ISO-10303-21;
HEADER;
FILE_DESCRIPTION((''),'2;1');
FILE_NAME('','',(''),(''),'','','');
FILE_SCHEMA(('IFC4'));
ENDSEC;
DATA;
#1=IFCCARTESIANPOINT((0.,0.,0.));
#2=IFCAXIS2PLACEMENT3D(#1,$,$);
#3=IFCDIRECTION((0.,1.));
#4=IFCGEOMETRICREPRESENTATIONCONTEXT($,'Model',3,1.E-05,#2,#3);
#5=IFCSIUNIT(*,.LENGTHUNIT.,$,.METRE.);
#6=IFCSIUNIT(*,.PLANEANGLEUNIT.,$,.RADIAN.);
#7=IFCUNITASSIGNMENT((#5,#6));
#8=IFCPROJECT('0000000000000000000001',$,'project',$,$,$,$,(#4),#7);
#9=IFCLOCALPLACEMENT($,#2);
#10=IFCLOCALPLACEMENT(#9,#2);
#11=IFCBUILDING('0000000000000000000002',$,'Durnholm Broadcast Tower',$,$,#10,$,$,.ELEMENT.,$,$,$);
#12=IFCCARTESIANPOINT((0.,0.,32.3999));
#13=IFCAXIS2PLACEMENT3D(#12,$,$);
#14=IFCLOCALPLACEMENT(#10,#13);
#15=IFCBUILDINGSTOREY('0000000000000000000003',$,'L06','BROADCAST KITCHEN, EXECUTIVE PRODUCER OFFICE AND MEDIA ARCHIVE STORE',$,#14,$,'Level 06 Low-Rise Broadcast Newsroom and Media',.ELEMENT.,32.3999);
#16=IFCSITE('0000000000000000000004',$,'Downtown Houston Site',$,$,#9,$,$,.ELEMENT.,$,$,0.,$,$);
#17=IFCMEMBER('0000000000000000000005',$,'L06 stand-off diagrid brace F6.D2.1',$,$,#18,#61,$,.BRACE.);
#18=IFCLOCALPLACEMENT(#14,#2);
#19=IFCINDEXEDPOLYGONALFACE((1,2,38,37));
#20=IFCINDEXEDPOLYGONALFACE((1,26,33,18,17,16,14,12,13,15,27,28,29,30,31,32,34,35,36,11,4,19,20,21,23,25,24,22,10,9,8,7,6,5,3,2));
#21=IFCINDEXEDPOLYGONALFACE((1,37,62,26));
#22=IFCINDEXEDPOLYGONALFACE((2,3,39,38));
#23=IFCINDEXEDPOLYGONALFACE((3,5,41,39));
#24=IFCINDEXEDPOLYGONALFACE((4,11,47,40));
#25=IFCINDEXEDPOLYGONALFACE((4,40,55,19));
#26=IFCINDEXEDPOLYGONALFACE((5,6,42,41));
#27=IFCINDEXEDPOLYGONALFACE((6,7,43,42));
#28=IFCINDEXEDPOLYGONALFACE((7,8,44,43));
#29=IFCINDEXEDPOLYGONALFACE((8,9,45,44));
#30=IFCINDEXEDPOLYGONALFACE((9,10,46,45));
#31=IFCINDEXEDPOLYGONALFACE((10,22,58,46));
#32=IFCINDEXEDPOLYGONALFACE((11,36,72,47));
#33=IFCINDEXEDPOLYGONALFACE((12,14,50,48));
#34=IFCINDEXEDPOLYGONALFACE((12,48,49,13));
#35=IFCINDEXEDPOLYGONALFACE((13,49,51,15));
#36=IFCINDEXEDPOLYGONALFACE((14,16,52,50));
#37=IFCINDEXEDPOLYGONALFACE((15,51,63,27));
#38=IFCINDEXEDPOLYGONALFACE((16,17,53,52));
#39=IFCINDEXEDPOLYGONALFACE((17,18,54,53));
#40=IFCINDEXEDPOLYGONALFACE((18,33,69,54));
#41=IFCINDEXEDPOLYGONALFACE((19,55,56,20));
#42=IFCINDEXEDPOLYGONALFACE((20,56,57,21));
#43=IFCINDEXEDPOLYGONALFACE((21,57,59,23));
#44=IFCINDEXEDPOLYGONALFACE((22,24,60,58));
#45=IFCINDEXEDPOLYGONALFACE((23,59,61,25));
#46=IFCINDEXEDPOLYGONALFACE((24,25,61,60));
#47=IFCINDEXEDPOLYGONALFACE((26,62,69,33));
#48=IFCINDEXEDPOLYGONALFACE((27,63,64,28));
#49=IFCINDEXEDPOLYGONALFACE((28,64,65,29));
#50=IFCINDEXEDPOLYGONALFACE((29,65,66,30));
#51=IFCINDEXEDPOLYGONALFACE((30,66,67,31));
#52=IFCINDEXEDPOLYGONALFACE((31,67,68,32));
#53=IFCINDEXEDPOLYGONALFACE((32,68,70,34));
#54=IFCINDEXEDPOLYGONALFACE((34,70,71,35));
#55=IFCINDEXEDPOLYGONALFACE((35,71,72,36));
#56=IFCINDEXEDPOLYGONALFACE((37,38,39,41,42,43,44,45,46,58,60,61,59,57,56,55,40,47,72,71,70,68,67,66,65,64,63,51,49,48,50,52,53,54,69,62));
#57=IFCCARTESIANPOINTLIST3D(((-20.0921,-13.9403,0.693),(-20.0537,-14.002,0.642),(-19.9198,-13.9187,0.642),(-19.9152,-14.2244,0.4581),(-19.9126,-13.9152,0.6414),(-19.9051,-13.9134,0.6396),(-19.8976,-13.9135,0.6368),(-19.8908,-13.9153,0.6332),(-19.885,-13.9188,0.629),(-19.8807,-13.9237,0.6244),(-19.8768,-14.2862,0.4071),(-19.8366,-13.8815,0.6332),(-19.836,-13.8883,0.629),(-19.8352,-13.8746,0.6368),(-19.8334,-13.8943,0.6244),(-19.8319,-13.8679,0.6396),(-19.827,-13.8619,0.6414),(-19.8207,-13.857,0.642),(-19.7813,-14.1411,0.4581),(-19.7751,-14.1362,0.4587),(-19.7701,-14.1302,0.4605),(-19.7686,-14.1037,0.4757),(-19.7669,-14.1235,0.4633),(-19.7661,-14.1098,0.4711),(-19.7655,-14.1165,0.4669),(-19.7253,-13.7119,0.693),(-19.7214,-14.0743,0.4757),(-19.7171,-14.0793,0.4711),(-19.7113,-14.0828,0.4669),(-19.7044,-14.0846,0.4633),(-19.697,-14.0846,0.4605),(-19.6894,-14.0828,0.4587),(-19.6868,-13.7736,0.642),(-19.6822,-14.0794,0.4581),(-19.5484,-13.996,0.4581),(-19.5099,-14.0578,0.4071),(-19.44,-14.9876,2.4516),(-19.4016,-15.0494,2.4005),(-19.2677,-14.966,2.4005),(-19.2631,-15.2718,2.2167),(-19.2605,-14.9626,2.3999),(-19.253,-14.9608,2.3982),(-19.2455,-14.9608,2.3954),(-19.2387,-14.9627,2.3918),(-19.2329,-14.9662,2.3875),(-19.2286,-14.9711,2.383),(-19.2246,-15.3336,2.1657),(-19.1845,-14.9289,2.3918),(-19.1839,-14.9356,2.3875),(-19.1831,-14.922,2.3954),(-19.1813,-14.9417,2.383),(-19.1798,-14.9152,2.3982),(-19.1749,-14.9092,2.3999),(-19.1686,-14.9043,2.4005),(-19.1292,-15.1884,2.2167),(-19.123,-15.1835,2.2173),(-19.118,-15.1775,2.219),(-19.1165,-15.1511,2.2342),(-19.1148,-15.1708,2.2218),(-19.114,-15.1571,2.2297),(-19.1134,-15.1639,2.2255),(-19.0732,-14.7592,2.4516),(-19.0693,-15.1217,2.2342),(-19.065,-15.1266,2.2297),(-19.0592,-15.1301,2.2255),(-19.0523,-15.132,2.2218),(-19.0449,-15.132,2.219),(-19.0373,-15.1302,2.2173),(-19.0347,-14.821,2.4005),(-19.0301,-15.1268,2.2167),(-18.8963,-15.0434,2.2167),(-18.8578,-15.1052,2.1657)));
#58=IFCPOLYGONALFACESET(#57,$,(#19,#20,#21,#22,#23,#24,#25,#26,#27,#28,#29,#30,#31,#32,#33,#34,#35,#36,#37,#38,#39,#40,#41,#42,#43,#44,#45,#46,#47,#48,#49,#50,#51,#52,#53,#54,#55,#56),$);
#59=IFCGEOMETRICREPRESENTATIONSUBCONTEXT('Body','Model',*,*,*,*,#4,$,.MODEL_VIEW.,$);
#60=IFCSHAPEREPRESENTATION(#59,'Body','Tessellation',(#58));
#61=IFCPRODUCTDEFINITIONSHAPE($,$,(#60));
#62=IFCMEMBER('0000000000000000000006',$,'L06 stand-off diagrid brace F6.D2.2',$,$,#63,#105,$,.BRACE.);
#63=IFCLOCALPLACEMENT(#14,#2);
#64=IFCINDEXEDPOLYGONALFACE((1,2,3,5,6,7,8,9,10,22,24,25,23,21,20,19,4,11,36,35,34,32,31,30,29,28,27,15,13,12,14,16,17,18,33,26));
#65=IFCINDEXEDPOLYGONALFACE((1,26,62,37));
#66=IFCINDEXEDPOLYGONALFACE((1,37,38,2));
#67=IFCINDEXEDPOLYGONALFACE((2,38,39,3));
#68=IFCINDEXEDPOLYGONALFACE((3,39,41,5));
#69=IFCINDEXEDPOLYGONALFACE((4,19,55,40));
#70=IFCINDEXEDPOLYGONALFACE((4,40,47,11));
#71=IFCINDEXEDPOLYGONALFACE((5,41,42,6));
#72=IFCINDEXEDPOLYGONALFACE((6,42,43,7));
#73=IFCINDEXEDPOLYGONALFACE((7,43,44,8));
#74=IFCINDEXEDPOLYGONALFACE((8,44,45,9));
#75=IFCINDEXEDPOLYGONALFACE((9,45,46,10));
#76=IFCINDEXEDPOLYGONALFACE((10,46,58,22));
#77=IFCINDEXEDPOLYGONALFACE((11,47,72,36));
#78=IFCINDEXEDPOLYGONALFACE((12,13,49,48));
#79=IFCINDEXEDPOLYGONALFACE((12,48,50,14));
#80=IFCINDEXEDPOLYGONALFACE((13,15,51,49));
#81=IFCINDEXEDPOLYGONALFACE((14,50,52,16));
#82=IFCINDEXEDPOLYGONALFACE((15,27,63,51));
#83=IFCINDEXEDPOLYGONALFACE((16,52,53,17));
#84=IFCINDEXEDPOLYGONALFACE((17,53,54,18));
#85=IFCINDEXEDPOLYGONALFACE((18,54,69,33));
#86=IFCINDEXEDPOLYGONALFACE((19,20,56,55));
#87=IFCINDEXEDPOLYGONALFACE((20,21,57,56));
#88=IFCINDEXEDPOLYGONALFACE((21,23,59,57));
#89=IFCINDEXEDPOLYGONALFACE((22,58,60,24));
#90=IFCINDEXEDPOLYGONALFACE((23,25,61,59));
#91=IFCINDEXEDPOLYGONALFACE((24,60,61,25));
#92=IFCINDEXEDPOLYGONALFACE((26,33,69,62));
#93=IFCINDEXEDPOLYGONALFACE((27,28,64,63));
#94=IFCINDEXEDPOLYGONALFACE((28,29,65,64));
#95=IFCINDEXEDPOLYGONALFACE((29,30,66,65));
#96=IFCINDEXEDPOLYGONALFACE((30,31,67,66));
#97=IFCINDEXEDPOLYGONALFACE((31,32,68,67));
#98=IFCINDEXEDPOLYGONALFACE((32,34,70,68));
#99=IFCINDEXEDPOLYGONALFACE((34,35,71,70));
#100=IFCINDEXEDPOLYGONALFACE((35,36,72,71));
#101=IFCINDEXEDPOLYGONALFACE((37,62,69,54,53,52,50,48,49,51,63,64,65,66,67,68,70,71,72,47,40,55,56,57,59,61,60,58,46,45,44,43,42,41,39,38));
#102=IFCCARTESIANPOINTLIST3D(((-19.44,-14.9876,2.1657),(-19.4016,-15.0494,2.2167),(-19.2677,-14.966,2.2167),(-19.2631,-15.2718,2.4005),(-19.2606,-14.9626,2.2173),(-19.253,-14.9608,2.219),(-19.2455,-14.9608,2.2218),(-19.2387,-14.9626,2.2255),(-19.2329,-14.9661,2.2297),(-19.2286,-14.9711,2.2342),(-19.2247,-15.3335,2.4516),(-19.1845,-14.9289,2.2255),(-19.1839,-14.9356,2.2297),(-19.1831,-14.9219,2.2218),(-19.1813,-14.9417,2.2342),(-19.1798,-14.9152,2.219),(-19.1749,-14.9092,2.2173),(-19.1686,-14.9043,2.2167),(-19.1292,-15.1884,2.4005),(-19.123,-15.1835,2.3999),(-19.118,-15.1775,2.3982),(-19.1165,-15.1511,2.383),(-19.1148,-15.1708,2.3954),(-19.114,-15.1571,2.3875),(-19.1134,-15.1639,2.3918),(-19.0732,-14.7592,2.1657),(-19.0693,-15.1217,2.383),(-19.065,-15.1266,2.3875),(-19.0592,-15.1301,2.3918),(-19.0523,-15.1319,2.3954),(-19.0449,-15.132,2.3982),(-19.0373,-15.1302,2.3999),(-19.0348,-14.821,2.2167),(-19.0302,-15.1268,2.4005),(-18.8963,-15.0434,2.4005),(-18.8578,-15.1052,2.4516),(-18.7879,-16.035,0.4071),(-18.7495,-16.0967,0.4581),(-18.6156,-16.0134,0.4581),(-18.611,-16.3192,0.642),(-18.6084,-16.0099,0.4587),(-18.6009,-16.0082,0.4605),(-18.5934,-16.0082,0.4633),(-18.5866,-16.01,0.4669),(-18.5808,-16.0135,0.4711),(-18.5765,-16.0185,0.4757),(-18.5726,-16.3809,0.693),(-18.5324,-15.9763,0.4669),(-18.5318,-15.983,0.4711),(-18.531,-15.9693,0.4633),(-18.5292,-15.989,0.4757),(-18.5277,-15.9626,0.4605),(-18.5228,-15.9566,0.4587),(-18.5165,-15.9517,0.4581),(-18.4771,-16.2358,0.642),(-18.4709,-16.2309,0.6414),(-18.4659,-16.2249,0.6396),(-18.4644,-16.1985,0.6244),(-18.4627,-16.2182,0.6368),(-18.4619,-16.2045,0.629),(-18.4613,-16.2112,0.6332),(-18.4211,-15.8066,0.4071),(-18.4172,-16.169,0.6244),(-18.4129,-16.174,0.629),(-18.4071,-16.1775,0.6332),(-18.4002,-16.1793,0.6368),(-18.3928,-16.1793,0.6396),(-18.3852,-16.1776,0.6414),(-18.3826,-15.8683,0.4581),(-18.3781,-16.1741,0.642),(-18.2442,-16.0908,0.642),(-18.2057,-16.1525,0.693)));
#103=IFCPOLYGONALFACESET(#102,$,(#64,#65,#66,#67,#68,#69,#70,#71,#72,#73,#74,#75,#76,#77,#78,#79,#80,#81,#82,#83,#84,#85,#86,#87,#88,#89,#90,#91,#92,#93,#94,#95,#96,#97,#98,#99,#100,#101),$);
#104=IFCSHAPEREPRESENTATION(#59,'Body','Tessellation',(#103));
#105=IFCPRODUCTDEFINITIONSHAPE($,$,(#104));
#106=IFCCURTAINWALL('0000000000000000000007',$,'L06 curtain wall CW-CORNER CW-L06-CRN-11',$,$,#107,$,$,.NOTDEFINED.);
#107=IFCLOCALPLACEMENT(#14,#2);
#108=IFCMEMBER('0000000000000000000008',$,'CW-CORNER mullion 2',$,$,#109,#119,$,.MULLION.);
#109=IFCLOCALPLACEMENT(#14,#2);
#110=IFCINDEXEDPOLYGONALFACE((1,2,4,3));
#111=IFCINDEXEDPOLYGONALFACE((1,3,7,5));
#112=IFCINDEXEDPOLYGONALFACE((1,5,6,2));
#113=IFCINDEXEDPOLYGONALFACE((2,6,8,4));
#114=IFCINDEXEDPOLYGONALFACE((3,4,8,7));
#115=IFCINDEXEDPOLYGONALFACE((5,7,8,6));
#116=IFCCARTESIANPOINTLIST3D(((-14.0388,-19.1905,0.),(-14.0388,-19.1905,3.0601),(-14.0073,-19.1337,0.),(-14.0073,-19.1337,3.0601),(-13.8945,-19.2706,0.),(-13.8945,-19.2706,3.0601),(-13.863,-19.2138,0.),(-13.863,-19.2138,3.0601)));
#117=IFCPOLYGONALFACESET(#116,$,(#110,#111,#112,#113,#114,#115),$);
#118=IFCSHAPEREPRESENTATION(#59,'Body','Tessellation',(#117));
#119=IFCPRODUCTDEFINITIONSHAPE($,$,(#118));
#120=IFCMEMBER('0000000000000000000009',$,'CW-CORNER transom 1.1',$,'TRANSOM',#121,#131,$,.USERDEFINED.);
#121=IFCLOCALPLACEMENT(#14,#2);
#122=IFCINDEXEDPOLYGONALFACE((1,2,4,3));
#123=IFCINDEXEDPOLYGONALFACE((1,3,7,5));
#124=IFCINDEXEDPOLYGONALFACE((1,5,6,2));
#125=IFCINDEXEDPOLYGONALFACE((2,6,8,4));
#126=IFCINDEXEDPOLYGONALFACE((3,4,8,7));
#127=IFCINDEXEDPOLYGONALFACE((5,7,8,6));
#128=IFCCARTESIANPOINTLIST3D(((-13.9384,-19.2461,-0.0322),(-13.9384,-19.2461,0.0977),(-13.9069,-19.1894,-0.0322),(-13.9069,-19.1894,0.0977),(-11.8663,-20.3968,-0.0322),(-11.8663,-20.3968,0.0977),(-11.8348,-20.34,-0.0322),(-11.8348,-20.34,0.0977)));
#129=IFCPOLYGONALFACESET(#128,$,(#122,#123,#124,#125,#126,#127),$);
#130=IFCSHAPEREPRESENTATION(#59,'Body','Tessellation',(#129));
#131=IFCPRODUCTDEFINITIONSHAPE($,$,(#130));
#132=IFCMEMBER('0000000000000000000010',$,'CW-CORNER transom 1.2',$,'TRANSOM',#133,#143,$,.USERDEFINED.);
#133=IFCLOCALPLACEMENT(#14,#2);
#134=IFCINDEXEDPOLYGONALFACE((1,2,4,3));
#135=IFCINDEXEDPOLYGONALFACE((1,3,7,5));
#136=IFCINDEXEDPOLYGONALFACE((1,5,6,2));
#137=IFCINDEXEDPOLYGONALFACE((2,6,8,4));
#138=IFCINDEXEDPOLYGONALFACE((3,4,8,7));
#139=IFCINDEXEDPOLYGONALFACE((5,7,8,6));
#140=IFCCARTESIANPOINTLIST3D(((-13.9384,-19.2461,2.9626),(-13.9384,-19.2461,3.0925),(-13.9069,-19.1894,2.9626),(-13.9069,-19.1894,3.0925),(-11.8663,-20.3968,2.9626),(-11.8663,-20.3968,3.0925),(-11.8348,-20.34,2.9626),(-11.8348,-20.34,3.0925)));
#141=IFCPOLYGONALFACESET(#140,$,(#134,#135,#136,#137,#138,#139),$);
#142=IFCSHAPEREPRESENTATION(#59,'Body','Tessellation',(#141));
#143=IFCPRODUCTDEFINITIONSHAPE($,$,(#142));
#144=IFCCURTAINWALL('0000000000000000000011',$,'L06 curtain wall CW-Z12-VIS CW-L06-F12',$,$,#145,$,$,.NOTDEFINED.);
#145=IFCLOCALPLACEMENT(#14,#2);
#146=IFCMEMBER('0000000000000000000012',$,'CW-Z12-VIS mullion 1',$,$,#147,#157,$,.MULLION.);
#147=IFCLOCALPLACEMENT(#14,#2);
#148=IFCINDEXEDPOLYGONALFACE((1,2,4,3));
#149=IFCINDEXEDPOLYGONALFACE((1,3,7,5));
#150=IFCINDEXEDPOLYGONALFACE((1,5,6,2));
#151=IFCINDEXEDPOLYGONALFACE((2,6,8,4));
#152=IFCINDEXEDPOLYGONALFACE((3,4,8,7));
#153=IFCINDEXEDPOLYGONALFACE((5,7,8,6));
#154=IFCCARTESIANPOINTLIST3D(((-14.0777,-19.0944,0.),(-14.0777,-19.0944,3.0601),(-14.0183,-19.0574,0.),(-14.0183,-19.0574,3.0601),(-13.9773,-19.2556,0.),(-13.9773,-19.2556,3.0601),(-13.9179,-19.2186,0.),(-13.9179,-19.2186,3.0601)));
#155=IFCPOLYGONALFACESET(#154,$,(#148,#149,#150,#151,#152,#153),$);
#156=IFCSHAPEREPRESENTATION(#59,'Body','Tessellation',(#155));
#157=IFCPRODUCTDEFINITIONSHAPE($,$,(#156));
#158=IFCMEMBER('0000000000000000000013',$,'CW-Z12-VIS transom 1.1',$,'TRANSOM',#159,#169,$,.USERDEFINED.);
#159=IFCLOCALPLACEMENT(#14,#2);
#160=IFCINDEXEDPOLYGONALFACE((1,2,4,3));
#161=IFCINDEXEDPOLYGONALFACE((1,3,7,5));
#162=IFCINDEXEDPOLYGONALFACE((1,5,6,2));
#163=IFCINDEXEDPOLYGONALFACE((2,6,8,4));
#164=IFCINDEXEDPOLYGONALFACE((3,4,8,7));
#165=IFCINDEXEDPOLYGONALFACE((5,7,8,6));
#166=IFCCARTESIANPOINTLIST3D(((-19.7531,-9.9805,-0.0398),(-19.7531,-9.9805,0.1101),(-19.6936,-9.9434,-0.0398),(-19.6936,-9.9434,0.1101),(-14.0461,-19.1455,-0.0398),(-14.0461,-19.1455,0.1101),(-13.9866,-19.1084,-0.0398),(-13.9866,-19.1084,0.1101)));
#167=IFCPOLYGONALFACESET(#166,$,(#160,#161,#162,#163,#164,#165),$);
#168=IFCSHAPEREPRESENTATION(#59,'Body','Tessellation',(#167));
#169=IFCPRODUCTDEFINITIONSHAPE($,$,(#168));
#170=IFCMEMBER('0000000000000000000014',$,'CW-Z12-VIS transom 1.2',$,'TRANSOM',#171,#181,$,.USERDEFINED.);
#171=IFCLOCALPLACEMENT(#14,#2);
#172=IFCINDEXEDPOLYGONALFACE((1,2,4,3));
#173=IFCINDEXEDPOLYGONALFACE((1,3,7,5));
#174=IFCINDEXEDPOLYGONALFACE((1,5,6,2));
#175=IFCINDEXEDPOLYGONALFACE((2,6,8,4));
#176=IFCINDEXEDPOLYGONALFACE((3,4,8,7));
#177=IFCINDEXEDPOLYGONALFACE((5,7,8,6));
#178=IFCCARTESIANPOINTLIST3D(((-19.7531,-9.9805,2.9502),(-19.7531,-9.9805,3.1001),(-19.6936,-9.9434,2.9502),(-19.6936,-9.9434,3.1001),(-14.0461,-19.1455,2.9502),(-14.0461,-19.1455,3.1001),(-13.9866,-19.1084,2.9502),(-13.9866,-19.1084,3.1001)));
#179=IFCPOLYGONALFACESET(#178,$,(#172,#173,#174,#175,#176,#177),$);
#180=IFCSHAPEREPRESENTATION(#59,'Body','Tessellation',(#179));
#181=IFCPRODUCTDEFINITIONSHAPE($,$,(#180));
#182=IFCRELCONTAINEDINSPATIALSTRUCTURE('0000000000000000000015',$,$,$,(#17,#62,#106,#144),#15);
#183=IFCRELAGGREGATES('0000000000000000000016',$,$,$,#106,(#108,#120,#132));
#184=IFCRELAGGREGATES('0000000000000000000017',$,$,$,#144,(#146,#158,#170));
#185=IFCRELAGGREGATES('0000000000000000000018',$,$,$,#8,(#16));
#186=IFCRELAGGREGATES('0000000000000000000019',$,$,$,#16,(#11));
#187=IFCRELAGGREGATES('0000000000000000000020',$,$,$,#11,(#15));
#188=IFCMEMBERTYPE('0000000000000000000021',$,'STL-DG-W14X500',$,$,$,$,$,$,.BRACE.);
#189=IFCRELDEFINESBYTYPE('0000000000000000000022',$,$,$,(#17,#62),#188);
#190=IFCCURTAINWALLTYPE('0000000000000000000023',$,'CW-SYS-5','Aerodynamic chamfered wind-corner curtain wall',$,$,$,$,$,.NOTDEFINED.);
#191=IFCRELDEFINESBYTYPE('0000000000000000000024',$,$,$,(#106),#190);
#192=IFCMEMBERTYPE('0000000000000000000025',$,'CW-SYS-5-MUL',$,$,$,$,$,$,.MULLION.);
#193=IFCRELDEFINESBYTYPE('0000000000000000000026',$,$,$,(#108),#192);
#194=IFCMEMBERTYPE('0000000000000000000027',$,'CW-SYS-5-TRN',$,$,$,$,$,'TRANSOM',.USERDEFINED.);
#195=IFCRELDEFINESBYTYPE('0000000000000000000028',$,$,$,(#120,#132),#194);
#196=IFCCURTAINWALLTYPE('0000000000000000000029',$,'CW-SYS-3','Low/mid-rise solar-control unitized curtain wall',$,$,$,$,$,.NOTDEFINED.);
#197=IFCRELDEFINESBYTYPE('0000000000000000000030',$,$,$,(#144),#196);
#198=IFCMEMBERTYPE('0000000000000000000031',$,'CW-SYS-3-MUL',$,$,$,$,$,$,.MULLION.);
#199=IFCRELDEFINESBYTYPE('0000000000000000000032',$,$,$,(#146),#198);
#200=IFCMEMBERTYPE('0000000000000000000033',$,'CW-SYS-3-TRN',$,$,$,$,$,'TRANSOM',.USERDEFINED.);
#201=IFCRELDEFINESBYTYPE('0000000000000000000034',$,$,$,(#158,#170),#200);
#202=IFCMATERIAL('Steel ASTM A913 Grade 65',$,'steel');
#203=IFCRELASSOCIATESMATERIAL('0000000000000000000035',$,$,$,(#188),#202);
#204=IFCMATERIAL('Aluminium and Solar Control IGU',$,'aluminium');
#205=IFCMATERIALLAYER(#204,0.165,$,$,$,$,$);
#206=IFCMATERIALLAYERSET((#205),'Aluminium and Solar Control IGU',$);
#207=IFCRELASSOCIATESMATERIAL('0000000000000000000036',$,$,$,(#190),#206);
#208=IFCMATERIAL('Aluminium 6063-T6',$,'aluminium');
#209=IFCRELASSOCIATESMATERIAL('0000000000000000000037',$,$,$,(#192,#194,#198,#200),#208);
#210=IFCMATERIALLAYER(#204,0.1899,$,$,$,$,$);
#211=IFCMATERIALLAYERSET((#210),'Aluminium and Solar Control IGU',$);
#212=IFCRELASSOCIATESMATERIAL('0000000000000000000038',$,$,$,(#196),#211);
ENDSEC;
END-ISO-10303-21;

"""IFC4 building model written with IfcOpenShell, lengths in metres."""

from ifc_helpers import new_model, si_unit, direction, frame, origin, origin_2d, place, context, subcontext, project, spatial, rectangle, i_section, extrude, source, transform, mapped, material, layer, layer_set, material_profile, profile_set, type_object, type_shapes, element, aggregate, save


model = new_model("IFC4")

# Units and contexts
model_context = context("Model", 3, precision=1e-05, world=origin(), true_north=direction((0.0, 1.0)))
body_context = subcontext(model_context, "Body", "Model", "MODEL_VIEW")
ifc_project = project(units=[si_unit("LENGTHUNIT", "METRE"), si_unit("PLANEANGLEUNIT", "RADIAN")], contexts=[model_context])

# Site, building, storey
site_placement = place(None, origin())
site = spatial("IfcSite", under=ifc_project, at=site_placement, Name="Downtown Houston Site", CompositionType="ELEMENT", RefElevation=0.0)
building_placement = place(site_placement, origin())
building = spatial("IfcBuilding", under=site, at=building_placement, Name="Durnholm Broadcast Tower", CompositionType="ELEMENT")
storey_placement = place(building_placement, frame((0.0, 0.0, 32.3999)))
storey = spatial("IfcBuildingStorey", under=building, at=storey_placement, Name="L06", Description="BROADCAST KITCHEN, EXECUTIVE PRODUCER OFFICE AND MEDIA ARCHIVE STORE", LongName="Level 06 Low-Rise Broadcast Newsroom and Media", CompositionType="ELEMENT", Elevation=32.3999)

# Members
ifc_material_1 = material(Name="Steel ASTM A913 Grade 65", Category="steel")
ifc_material_profile_1 = material_profile(ifc_material_1, i_section(OverallWidth=0.4321, OverallDepth=0.4978, WebThickness=0.0557, FlangeThickness=0.0889, FilletRadius=0.0305, at=origin_2d()), Name="W14X500")
ifc_profile_set_1 = profile_set([ifc_material_profile_1], Name="Steel ASTM A913 Grade 65")
member_type_1 = type_object("IfcMemberType", Name="STL-DG-W14X500", PredefinedType="BRACE", material=ifc_profile_set_1)
shared_shape_1 = source(origin(), body_context, "Body", "SweptSolid", [
    extrude(i_section(OverallWidth=0.4321, OverallDepth=0.4978, WebThickness=0.0557, FlangeThickness=0.0889, FilletRadius=0.0305, at=origin_2d()), origin(), (0.0, 0.0, 1.0), 2.1482),
])
type_shapes(member_type_1, [shared_shape_1])
for number, where, z_axis, x_axis, name in (
    (1, (-19.801, -13.999, 0.55), (0.303559, -0.487558, 0.81862), (0.848909, 0.52854, 0.0), "L06 stand-off diagrid brace F6.D2.1"),
    (2, (-18.4968, -16.0938, 0.55), (-0.303559, 0.487558, 0.81862), (-0.848909, -0.52854, 0.0), "L06 stand-off diagrid brace F6.D2.2"),
):
    element("IfcMember", number, at=place(storey_placement, frame(where, z_axis=z_axis, x_axis=x_axis)), inside=storey, type_object=member_type_1, Name=name, PredefinedType="BRACE", context=body_context, shape_type="MappedRepresentation", body=[
        mapped(shared_shape_1, transform((0.0, 0.0, 0.0), x_axis=(1.0, 0.0, 0.0), y_axis=(0.0, 1.0, 0.0), z_axis=(0.0, 0.0, 1.0), scale=1.0)),
    ])

# Curtain walls, members
ifc_material_2 = material(Name="Aluminium and Solar Control IGU", Category="aluminium")
ifc_layer_1 = layer(ifc_material_2, 0.165)
ifc_layer_set_1 = layer_set([ifc_layer_1], Name="Aluminium and Solar Control IGU")
curtain_wall_type_1 = type_object("IfcCurtainWallType", Name="CW-SYS-5", Description="Aerodynamic chamfered wind-corner curtain wall", PredefinedType="NOTDEFINED", material=ifc_layer_set_1)
curtain_wall_1_placement = place(storey_placement, origin())
curtain_wall_1 = element("IfcCurtainWall", 3, at=curtain_wall_1_placement, inside=storey, type_object=curtain_wall_type_1, Name="L06 curtain wall CW-CORNER CW-L06-CRN-11", PredefinedType="NOTDEFINED")
ifc_material_3 = material(Name="Aluminium 6063-T6", Category="aluminium")
ifc_material_profile_2 = material_profile(ifc_material_3, rectangle(XDim=0.0649, YDim=0.165, at=origin_2d()), Name="CWM65X165")
ifc_profile_set_2 = profile_set([ifc_material_profile_2], Name="Aluminium 6063-T6")
member_type_2 = type_object("IfcMemberType", Name="CW-SYS-5-MUL", PredefinedType="MULLION", material=ifc_profile_set_2)
shared_shape_2 = source(origin(), body_context, "Body", "SweptSolid", [
    extrude(rectangle(XDim=0.0649, YDim=0.165, at=origin_2d()), origin(), (0.0, 0.0, 1.0), 3.0601),
])
type_shapes(member_type_2, [shared_shape_2])
member_1_placement = place(storey_placement, frame((-13.9509, -19.2021, 0.0), z_axis=(0.0, 0.0, 1.0), x_axis=(-0.485483, -0.874246, 0.0)))
member_1 = element("IfcMember", 4, at=member_1_placement, type_object=member_type_2, Name="CW-CORNER mullion 2", PredefinedType="MULLION", context=body_context, shape_type="MappedRepresentation", body=[
    mapped(shared_shape_2, transform((0.0, 0.0, 0.0), x_axis=(1.0, 0.0, 0.0), y_axis=(0.0, 1.0, 0.0), z_axis=(0.0, 0.0, 1.0), scale=1.0)),
])
ifc_material_profile_3 = material_profile(ifc_material_3, rectangle(XDim=0.0649, YDim=0.1299, at=origin_2d()), Name="CWT65X130")
ifc_profile_set_3 = profile_set([ifc_material_profile_3], Name="Aluminium 6063-T6")
member_type_3 = type_object("IfcMemberType", Name="CW-SYS-5-TRN", ElementType="TRANSOM", PredefinedType="USERDEFINED", material=ifc_profile_set_3)
shared_shape_3 = source(origin(), body_context, "Body", "SweptSolid", [
    extrude(rectangle(XDim=0.0649, YDim=0.1299, at=origin_2d()), origin(), (0.0, 0.0, 1.0), 2.3701),
])
type_shapes(member_type_3, [shared_shape_3])
member_2_placement = place(storey_placement, frame((-11.8506, -20.3684, 0.0327), z_axis=(-0.874245, 0.485485, 0.0), x_axis=(-0.485485, -0.874245, 0.0)))
member_2 = element("IfcMember", 5, at=member_2_placement, type_object=member_type_3, Name="CW-CORNER transom 1.1", ObjectType="TRANSOM", PredefinedType="USERDEFINED", context=body_context, shape_type="MappedRepresentation", body=[
    mapped(shared_shape_3, transform((0.0, 0.0, 0.0), x_axis=(1.0, 0.0, 0.0), y_axis=(0.0, 1.0, 0.0), z_axis=(0.0, 0.0, 1.0), scale=1.0)),
])
member_3_placement = place(storey_placement, frame((-11.8506, -20.3684, 3.0276), z_axis=(-0.874245, 0.485485, 0.0), x_axis=(-0.485485, -0.874245, 0.0)))
member_3 = element("IfcMember", 6, at=member_3_placement, type_object=member_type_3, Name="CW-CORNER transom 1.2", ObjectType="TRANSOM", PredefinedType="USERDEFINED", context=body_context, shape_type="MappedRepresentation", body=[
    mapped(shared_shape_3, transform((0.0, 0.0, 0.0), x_axis=(1.0, 0.0, 0.0), y_axis=(0.0, 1.0, 0.0), z_axis=(0.0, 0.0, 1.0), scale=1.0)),
])
ifc_layer_2 = layer(ifc_material_2, 0.1899)
ifc_layer_set_2 = layer_set([ifc_layer_2], Name="Aluminium and Solar Control IGU")
curtain_wall_type_2 = type_object("IfcCurtainWallType", Name="CW-SYS-3", Description="Low/mid-rise solar-control unitized curtain wall", PredefinedType="NOTDEFINED", material=ifc_layer_set_2)
curtain_wall_2_placement = place(storey_placement, origin())
curtain_wall_2 = element("IfcCurtainWall", 7, at=curtain_wall_2_placement, inside=storey, type_object=curtain_wall_type_2, Name="L06 curtain wall CW-Z12-VIS CW-L06-F12", PredefinedType="NOTDEFINED")
ifc_material_profile_4 = material_profile(ifc_material_3, rectangle(XDim=0.0701, YDim=0.1899, at=origin_2d()), Name="CWM70X190")
ifc_profile_set_4 = profile_set([ifc_material_profile_4], Name="Aluminium 6063-T6")
member_type_4 = type_object("IfcMemberType", Name="CW-SYS-3-MUL", PredefinedType="MULLION", material=ifc_profile_set_4)
shared_shape_4 = source(origin(), body_context, "Body", "SweptSolid", [
    extrude(rectangle(XDim=0.0701, YDim=0.1899, at=origin_2d()), origin(), (0.0, 0.0, 1.0), 3.0601),
])
type_shapes(member_type_4, [shared_shape_4])
member_4_placement = place(storey_placement, frame((-13.9978, -19.1565, 0.0), z_axis=(0.0, 0.0, 1.0), x_axis=(-0.848876, -0.528592, 0.0)))
member_4 = element("IfcMember", 8, at=member_4_placement, type_object=member_type_4, Name="CW-Z12-VIS mullion 1", PredefinedType="MULLION", context=body_context, shape_type="MappedRepresentation", body=[
    mapped(shared_shape_4, transform((0.0, 0.0, 0.0), x_axis=(1.0, 0.0, 0.0), y_axis=(0.0, 1.0, 0.0), z_axis=(0.0, 0.0, 1.0), scale=1.0)),
])
ifc_material_profile_5 = material_profile(ifc_material_3, rectangle(XDim=0.0701, YDim=0.1499, at=origin_2d()), Name="CWT70X150")
ifc_profile_set_5 = profile_set([ifc_material_profile_5], Name="Aluminium 6063-T6")
member_type_5 = type_object("IfcMemberType", Name="CW-SYS-3-TRN", ElementType="TRANSOM", PredefinedType="USERDEFINED", material=ifc_profile_set_5)
shared_shape_5 = source(origin(), body_context, "Body", "SweptSolid", [
    extrude(rectangle(XDim=0.0701, YDim=0.1499, at=origin_2d()), origin(), (0.0, 0.0, 1.0), 10.7966),
])
type_shapes(member_type_5, [shared_shape_5])
member_5_placement = place(storey_placement, frame((-14.0164, -19.127, 0.0352), z_axis=(-0.528592, 0.848876, 0.0), x_axis=(-0.848876, -0.528592, 0.0)))
member_5 = element("IfcMember", 9, at=member_5_placement, type_object=member_type_5, Name="CW-Z12-VIS transom 1.1", ObjectType="TRANSOM", PredefinedType="USERDEFINED", context=body_context, shape_type="MappedRepresentation", body=[
    mapped(shared_shape_5, transform((0.0, 0.0, 0.0), x_axis=(1.0, 0.0, 0.0), y_axis=(0.0, 1.0, 0.0), z_axis=(0.0, 0.0, 1.0), scale=1.0)),
])
member_6_placement = place(storey_placement, frame((-14.0164, -19.127, 3.0251), z_axis=(-0.528592, 0.848876, 0.0), x_axis=(-0.848876, -0.528592, 0.0)))
member_6 = element("IfcMember", 10, at=member_6_placement, type_object=member_type_5, Name="CW-Z12-VIS transom 1.2", ObjectType="TRANSOM", PredefinedType="USERDEFINED", context=body_context, shape_type="MappedRepresentation", body=[
    mapped(shared_shape_5, transform((0.0, 0.0, 0.0), x_axis=(1.0, 0.0, 0.0), y_axis=(0.0, 1.0, 0.0), z_axis=(0.0, 0.0, 1.0), scale=1.0)),
])

aggregate(curtain_wall_1, [member_1, member_2, member_3])
aggregate(curtain_wall_2, [member_4, member_5, member_6])

save(model, "model.ifc")
